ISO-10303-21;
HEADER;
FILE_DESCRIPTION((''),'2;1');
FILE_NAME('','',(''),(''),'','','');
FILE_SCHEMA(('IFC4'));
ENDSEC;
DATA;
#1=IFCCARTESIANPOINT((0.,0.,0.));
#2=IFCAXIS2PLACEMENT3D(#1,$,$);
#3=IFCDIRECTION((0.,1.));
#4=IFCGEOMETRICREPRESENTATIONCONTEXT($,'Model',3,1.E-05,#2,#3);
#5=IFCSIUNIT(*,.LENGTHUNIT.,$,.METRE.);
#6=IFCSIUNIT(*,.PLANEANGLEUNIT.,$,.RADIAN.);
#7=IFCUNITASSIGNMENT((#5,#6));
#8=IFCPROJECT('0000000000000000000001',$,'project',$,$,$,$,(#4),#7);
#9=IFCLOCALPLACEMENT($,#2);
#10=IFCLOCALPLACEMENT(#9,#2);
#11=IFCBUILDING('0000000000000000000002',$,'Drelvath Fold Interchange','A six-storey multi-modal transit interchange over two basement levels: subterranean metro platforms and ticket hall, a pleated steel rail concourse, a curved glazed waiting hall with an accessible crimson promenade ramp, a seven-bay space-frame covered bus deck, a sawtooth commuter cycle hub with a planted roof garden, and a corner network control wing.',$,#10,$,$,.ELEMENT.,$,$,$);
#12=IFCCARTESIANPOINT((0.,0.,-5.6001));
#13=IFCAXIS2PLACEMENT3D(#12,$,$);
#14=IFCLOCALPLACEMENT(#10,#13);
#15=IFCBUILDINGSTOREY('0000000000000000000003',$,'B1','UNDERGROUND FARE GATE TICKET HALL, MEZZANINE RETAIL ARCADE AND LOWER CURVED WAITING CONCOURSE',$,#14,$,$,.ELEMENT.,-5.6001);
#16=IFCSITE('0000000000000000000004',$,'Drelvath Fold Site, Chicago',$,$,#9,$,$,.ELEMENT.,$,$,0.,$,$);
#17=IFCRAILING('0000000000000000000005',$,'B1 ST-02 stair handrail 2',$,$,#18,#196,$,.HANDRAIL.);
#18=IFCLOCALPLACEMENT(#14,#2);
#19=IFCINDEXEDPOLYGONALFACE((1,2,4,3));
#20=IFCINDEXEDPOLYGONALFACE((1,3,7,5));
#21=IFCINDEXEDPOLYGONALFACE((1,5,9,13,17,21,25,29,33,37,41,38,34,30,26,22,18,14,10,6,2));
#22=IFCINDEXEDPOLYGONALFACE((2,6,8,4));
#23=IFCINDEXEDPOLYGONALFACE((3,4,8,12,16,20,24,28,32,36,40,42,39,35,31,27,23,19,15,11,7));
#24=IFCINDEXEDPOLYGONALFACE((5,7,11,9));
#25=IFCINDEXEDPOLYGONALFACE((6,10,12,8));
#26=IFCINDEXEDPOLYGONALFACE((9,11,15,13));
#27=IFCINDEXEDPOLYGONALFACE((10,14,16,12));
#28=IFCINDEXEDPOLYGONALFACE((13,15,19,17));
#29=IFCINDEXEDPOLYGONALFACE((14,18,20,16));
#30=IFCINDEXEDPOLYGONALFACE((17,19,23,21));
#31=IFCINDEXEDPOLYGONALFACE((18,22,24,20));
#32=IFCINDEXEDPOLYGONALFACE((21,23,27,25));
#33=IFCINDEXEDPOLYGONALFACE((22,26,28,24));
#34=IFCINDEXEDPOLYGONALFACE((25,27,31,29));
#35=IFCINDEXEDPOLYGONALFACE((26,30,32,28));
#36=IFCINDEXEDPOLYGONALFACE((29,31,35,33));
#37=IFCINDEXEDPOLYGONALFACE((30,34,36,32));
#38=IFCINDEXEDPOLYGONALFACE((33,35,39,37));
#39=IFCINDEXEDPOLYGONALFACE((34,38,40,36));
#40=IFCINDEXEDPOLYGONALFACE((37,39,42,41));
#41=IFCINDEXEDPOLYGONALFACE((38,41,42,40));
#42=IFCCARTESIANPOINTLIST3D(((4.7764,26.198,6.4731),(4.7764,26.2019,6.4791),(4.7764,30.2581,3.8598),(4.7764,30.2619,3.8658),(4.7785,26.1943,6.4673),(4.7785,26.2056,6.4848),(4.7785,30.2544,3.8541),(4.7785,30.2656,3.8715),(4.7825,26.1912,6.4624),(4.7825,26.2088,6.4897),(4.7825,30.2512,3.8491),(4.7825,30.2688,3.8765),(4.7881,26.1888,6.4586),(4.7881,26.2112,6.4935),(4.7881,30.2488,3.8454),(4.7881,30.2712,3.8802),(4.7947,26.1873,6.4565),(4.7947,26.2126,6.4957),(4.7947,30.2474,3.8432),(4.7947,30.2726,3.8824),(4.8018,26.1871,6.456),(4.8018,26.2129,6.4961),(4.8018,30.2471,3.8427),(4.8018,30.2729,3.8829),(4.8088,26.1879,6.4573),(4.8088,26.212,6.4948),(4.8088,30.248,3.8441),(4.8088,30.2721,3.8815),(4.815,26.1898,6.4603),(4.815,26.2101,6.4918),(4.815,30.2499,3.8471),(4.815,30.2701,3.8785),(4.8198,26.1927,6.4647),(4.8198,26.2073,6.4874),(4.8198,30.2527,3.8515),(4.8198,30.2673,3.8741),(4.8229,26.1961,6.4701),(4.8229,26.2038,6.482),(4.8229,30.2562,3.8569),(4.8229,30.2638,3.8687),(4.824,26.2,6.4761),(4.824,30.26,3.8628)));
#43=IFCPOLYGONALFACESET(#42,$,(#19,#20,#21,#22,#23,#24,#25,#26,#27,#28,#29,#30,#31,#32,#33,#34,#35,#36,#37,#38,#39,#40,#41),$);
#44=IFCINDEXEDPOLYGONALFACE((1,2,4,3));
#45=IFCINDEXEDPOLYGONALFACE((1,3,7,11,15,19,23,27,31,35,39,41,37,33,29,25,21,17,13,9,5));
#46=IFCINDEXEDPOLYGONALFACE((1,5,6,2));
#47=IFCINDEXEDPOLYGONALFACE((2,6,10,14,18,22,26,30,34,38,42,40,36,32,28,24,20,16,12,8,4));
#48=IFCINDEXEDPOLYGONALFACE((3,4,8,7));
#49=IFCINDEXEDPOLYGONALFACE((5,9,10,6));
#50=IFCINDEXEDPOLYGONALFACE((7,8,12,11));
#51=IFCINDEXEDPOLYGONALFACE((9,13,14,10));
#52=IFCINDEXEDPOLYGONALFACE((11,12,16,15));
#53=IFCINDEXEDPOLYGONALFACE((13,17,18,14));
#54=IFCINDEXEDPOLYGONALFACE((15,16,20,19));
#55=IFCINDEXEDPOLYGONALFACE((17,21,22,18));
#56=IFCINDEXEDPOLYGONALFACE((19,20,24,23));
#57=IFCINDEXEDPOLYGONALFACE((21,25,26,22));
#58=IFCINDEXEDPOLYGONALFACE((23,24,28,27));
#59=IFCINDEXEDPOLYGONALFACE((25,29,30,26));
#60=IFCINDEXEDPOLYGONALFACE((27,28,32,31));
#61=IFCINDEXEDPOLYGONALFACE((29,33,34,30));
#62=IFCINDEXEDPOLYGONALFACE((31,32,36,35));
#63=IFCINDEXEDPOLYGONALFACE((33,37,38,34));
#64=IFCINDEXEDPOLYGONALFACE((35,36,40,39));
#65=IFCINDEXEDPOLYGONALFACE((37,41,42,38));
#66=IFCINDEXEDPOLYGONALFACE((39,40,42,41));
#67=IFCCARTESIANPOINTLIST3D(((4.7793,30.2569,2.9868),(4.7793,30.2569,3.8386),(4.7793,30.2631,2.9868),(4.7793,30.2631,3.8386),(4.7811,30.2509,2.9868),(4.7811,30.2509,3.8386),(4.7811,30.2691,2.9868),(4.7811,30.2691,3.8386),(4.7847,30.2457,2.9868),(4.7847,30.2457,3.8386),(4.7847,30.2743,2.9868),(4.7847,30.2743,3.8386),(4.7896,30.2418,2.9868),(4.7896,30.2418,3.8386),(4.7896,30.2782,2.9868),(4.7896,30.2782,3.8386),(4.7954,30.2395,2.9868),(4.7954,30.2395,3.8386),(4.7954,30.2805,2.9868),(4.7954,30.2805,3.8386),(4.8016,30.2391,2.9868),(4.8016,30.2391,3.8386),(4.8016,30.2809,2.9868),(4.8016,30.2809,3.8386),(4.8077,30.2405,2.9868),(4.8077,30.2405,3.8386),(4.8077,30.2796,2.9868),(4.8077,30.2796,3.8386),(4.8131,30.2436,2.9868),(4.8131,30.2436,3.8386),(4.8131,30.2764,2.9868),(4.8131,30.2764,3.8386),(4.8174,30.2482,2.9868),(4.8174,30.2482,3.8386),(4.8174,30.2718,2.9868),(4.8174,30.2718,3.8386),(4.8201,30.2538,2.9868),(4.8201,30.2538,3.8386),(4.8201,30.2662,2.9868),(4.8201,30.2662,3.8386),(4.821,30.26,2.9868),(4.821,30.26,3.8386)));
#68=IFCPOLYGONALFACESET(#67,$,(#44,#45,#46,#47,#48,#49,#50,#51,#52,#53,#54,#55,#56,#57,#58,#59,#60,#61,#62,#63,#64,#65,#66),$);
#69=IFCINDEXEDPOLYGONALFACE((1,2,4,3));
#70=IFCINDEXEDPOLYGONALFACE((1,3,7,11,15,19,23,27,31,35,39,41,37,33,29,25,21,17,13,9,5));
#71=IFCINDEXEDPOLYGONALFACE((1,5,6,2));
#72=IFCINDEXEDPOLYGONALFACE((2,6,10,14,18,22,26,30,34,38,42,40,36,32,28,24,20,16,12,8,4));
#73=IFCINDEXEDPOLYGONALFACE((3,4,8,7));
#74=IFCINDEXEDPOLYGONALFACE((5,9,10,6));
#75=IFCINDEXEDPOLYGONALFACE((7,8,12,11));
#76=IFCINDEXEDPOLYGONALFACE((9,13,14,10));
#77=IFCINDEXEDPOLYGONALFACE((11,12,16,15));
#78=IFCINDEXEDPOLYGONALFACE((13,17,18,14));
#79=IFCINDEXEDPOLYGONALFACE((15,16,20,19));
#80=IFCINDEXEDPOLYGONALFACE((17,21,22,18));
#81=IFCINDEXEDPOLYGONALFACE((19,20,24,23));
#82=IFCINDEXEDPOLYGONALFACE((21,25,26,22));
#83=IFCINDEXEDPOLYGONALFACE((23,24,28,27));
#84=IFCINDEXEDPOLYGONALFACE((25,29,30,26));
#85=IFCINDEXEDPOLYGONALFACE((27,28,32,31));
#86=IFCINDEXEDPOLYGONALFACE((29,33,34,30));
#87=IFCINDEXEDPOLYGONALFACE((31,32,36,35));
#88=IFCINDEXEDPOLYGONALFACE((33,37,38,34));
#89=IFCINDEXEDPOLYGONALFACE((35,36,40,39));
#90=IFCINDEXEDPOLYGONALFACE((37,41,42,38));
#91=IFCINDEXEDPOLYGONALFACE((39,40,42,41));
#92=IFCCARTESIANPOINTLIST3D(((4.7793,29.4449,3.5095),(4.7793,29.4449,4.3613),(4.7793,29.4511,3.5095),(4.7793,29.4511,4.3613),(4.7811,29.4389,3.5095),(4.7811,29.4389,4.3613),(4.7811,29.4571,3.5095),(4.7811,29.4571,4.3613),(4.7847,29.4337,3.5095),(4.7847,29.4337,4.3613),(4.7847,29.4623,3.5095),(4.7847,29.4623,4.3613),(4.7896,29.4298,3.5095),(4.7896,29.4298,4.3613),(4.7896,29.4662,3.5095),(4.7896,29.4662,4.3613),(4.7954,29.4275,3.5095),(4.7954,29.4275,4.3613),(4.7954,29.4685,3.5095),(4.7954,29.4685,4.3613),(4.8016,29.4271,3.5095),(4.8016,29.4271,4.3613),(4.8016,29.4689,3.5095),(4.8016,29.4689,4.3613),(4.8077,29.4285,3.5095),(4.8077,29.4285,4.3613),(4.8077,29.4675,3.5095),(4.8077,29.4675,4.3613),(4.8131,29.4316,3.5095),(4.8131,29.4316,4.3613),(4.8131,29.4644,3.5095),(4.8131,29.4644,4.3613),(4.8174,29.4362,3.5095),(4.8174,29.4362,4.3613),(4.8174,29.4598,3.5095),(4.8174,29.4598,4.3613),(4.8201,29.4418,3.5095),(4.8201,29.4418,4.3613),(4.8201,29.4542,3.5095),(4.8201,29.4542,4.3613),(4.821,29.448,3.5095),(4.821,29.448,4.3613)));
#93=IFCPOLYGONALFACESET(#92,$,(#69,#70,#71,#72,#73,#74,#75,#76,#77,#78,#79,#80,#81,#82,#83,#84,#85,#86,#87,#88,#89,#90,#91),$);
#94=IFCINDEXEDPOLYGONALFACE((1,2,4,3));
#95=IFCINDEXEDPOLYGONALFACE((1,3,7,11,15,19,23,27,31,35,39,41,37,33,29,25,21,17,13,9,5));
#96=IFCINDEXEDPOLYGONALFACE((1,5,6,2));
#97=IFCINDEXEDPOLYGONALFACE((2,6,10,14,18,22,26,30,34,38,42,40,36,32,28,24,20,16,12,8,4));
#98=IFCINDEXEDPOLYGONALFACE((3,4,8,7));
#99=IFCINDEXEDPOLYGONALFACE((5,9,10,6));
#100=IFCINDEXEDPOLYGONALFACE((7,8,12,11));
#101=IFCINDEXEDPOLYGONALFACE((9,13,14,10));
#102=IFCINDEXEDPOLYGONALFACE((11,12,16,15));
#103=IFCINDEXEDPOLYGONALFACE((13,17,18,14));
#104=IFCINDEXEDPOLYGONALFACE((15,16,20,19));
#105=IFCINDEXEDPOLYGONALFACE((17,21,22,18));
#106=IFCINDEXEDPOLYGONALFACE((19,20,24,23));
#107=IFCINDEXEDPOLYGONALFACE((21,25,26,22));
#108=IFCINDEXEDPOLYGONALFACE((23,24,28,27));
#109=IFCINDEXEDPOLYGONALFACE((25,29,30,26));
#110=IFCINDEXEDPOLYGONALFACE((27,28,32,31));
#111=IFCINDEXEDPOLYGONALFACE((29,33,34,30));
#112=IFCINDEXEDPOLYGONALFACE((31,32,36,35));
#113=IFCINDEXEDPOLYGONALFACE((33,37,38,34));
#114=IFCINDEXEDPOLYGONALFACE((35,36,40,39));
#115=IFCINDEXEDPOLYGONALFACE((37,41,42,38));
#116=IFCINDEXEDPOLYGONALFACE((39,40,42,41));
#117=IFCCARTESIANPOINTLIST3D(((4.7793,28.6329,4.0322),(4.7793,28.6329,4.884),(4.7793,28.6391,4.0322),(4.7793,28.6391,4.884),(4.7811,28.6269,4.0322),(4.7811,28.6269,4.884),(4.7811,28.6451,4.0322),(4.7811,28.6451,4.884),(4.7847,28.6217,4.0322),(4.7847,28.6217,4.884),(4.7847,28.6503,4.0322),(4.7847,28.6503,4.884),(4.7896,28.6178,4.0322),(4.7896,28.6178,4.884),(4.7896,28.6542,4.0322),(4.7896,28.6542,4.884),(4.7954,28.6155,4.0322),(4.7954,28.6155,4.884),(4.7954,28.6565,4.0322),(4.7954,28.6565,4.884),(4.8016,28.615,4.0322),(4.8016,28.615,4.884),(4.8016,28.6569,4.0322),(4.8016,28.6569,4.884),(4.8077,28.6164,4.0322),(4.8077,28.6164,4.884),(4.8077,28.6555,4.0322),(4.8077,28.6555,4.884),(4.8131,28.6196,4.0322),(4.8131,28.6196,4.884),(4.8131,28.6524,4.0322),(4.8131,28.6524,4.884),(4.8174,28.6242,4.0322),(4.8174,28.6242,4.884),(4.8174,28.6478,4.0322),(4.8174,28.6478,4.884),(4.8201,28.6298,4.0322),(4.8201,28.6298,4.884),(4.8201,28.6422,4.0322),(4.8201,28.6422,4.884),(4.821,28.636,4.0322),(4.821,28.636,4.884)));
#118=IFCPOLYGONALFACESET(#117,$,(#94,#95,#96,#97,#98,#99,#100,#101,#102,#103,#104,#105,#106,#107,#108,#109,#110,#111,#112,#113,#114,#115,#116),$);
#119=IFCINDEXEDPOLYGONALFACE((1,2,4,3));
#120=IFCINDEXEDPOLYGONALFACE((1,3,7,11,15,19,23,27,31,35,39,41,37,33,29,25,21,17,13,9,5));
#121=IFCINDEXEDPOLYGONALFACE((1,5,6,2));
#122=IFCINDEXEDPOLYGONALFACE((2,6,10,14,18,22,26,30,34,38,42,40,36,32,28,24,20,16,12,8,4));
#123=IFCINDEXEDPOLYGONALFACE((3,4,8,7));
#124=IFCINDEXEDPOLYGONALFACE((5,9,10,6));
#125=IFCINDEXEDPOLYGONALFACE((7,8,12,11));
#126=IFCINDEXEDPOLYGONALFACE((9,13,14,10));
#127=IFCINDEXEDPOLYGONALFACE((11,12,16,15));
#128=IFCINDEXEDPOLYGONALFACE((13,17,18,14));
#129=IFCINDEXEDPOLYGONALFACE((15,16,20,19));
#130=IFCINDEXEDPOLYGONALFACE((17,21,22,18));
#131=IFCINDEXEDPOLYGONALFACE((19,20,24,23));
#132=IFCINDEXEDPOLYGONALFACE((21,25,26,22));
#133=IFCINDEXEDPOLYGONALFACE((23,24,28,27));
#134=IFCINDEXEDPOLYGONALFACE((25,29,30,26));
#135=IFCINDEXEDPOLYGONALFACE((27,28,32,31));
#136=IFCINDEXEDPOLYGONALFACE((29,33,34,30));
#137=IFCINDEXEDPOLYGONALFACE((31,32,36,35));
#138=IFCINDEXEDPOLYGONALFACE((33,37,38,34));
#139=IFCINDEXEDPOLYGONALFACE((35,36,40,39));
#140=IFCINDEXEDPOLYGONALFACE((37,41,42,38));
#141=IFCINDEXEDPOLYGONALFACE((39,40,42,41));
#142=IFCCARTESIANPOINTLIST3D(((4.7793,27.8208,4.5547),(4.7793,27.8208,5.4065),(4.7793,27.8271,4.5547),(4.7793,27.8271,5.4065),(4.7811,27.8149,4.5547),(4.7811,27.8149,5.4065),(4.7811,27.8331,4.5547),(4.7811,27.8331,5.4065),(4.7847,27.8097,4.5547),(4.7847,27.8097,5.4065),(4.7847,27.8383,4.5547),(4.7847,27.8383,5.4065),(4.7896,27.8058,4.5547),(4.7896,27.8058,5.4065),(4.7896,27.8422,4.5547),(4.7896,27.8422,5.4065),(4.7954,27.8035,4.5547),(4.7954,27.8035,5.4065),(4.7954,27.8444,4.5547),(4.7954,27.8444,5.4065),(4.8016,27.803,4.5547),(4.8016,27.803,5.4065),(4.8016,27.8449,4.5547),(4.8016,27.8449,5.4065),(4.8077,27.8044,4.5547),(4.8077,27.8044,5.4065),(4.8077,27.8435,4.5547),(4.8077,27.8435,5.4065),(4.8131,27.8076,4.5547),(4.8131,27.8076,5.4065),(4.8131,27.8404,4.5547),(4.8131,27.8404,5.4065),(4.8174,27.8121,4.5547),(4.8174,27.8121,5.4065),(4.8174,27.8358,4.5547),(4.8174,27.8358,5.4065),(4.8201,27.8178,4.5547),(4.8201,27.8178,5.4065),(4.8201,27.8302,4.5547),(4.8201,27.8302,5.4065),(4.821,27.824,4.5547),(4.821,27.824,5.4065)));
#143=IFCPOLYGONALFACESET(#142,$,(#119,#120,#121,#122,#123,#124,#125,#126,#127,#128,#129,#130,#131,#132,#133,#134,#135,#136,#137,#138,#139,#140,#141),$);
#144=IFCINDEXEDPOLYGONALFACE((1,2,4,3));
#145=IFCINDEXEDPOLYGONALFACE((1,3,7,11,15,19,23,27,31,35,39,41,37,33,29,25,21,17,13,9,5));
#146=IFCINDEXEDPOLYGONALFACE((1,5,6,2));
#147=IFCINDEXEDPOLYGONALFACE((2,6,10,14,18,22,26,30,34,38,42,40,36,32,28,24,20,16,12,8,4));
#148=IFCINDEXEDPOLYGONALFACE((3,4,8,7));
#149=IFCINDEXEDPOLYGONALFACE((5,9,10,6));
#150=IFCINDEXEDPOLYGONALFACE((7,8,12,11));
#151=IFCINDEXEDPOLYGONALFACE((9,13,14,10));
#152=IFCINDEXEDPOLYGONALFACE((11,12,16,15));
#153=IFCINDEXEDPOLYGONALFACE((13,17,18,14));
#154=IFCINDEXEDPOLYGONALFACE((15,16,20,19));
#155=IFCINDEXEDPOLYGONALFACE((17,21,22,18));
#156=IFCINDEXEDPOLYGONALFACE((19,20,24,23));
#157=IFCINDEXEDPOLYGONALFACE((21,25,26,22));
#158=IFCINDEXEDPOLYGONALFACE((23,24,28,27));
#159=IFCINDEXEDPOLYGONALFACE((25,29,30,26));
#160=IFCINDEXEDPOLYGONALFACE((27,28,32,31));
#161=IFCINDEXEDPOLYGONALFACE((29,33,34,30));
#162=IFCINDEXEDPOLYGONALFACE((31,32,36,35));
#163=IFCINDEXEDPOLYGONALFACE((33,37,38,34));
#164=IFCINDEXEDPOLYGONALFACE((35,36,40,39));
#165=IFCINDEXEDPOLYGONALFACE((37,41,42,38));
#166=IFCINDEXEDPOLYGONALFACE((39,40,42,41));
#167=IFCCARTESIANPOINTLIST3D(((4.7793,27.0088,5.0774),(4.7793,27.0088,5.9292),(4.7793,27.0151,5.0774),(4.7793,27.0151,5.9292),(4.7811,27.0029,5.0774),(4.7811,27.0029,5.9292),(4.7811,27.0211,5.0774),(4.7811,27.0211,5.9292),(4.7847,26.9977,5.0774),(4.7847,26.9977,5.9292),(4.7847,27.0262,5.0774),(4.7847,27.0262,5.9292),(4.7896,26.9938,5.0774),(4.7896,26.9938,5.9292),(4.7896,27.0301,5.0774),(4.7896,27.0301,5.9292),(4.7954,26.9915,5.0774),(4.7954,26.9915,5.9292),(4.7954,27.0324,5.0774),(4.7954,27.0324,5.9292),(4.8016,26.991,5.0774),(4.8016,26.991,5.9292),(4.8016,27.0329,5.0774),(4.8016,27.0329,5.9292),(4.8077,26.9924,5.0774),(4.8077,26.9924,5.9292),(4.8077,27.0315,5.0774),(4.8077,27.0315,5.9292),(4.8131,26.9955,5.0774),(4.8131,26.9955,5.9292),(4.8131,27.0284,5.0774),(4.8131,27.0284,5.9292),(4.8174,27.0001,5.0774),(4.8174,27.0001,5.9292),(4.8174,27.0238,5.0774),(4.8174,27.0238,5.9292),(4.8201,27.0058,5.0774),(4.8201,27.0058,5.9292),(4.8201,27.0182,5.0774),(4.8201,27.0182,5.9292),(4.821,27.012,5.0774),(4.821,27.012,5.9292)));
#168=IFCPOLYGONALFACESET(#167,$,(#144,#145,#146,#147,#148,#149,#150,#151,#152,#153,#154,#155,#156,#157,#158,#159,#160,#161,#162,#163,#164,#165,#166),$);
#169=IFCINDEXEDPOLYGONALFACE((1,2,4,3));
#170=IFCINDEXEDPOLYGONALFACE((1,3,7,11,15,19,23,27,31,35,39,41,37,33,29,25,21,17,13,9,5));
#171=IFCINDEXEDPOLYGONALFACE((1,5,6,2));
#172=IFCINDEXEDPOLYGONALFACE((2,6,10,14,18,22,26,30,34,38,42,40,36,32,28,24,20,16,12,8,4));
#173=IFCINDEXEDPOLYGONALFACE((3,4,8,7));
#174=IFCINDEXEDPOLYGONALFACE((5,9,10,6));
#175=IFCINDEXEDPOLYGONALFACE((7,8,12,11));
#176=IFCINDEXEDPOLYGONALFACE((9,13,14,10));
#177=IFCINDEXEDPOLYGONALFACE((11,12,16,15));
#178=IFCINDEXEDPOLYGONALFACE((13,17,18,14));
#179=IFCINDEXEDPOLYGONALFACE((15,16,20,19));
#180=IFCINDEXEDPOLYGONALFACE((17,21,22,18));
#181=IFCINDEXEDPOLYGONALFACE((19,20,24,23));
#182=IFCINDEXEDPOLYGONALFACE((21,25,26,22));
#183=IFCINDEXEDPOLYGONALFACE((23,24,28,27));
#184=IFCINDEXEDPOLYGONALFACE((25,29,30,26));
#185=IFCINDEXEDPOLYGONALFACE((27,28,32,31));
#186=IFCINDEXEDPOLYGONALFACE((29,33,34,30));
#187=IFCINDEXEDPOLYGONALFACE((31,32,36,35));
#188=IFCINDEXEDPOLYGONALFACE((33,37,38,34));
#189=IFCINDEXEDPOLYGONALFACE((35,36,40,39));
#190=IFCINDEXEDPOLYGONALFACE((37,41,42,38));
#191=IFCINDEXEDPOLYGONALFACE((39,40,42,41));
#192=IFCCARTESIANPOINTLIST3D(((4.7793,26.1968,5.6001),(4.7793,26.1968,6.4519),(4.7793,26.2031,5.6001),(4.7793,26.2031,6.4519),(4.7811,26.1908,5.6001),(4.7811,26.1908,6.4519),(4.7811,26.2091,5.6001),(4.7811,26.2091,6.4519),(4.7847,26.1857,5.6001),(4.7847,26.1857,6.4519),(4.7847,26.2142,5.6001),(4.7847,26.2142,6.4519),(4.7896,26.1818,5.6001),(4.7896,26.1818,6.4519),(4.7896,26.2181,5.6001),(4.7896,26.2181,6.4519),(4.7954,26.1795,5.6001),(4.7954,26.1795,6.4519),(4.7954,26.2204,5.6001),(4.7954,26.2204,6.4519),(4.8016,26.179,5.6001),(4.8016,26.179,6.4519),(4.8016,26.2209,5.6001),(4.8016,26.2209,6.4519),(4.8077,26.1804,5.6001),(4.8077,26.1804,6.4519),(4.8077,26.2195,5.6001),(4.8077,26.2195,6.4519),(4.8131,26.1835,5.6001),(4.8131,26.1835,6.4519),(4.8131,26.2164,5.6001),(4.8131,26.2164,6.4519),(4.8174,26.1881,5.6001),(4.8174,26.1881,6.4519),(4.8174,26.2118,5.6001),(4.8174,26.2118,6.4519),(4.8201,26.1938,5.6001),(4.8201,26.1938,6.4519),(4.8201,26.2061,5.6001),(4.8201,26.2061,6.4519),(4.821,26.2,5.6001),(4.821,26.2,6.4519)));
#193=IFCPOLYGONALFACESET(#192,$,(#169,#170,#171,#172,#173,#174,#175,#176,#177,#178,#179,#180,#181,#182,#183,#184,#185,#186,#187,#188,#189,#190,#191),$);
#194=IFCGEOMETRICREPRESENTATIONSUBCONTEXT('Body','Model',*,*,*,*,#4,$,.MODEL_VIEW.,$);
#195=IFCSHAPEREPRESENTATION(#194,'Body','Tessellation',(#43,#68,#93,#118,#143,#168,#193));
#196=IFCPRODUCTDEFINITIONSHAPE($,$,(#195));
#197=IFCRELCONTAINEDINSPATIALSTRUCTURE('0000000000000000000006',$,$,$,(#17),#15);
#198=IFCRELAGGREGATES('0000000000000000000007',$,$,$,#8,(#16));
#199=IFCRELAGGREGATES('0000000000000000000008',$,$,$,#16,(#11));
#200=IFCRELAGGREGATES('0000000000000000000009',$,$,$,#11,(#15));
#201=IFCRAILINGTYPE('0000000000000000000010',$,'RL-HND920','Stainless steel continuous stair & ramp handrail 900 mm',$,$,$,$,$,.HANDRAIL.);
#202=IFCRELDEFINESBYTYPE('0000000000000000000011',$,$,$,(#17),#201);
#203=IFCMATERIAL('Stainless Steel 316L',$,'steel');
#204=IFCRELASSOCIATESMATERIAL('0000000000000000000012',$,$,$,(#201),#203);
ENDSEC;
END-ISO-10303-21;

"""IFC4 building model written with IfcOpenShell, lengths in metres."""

from ifc_helpers import new_model, si_unit, direction, frame, origin, origin_2d, place, context, subcontext, project, spatial, circle, extrude, material, type_object, element, save


model = new_model("IFC4")

# Units and contexts
model_context = context("Model", 3, precision=1e-05, world=origin(), true_north=direction((0.0, 1.0)))
body_context = subcontext(model_context, "Body", "Model", "MODEL_VIEW")
ifc_project = project(units=[si_unit("LENGTHUNIT", "METRE"), si_unit("PLANEANGLEUNIT", "RADIAN")], contexts=[model_context])

# Site, building, storey
site_placement = place(None, origin())
site = spatial("IfcSite", under=ifc_project, at=site_placement, Name="Drelvath Fold Site, Chicago", CompositionType="ELEMENT", RefElevation=0.0)
building_placement = place(site_placement, origin())
building = spatial("IfcBuilding", under=site, at=building_placement, Name="Drelvath Fold Interchange", Description="A six-storey multi-modal transit interchange over two basement levels: subterranean metro platforms and ticket hall, a pleated steel rail concourse, a curved glazed waiting hall with an accessible crimson promenade ramp, a seven-bay space-frame covered bus deck, a sawtooth commuter cycle hub with a planted roof garden, and a corner network control wing.", CompositionType="ELEMENT")
storey_placement = place(building_placement, frame((0.0, 0.0, -5.6001)))
storey = spatial("IfcBuildingStorey", under=building, at=storey_placement, Name="B1", Description="UNDERGROUND FARE GATE TICKET HALL, MEZZANINE RETAIL ARCADE AND LOWER CURVED WAITING CONCOURSE", CompositionType="ELEMENT", Elevation=-5.6001)

# Railing
ifc_material_1 = material(Name="Stainless Steel 316L", Category="steel")
railing_type_1 = type_object("IfcRailingType", Name="RL-HND920", Description="Stainless steel continuous stair & ramp handrail 900 mm", PredefinedType="HANDRAIL", material=ifc_material_1)
railing_1_placement = place(storey_placement, frame((4.8, 30.26, 2.9868)))
element("IfcRailing", 1, at=railing_1_placement, inside=storey, type_object=railing_type_1, Name="B1 ST-02 stair handrail 2", PredefinedType="HANDRAIL", context=body_context, shape_type="SweptSolid", body=[
    extrude(circle(Radius=0.0239, at=origin_2d()), frame((0.0, 0.0, 0.876), z_axis=(0.0, -0.840873, 0.541233), x_axis=(1.0, 0.0, 0.0)), (0.0, 0.0, 1.0), 4.8284),
    extrude(circle(Radius=0.021, at=origin_2d()), origin(), (0.0, 0.0, 1.0), 0.8518),
    extrude(circle(Radius=0.021, at=origin_2d()), frame((0.0, -0.812, 0.5227)), (0.0, 0.0, 1.0), 0.8518),
    extrude(circle(Radius=0.021, at=origin_2d()), frame((0.0, -1.624, 1.0454)), (0.0, 0.0, 1.0), 0.8518),
    extrude(circle(Radius=0.021, at=origin_2d()), frame((0.0, -2.436, 1.5679)), (0.0, 0.0, 1.0), 0.8518),
    extrude(circle(Radius=0.021, at=origin_2d()), frame((0.0, -3.248, 2.0906)), (0.0, 0.0, 1.0), 0.8518),
    extrude(circle(Radius=0.021, at=origin_2d()), frame((0.0, -4.0601, 2.6133)), (0.0, 0.0, 1.0), 0.8518),
])

save(model, "model.ifc")
